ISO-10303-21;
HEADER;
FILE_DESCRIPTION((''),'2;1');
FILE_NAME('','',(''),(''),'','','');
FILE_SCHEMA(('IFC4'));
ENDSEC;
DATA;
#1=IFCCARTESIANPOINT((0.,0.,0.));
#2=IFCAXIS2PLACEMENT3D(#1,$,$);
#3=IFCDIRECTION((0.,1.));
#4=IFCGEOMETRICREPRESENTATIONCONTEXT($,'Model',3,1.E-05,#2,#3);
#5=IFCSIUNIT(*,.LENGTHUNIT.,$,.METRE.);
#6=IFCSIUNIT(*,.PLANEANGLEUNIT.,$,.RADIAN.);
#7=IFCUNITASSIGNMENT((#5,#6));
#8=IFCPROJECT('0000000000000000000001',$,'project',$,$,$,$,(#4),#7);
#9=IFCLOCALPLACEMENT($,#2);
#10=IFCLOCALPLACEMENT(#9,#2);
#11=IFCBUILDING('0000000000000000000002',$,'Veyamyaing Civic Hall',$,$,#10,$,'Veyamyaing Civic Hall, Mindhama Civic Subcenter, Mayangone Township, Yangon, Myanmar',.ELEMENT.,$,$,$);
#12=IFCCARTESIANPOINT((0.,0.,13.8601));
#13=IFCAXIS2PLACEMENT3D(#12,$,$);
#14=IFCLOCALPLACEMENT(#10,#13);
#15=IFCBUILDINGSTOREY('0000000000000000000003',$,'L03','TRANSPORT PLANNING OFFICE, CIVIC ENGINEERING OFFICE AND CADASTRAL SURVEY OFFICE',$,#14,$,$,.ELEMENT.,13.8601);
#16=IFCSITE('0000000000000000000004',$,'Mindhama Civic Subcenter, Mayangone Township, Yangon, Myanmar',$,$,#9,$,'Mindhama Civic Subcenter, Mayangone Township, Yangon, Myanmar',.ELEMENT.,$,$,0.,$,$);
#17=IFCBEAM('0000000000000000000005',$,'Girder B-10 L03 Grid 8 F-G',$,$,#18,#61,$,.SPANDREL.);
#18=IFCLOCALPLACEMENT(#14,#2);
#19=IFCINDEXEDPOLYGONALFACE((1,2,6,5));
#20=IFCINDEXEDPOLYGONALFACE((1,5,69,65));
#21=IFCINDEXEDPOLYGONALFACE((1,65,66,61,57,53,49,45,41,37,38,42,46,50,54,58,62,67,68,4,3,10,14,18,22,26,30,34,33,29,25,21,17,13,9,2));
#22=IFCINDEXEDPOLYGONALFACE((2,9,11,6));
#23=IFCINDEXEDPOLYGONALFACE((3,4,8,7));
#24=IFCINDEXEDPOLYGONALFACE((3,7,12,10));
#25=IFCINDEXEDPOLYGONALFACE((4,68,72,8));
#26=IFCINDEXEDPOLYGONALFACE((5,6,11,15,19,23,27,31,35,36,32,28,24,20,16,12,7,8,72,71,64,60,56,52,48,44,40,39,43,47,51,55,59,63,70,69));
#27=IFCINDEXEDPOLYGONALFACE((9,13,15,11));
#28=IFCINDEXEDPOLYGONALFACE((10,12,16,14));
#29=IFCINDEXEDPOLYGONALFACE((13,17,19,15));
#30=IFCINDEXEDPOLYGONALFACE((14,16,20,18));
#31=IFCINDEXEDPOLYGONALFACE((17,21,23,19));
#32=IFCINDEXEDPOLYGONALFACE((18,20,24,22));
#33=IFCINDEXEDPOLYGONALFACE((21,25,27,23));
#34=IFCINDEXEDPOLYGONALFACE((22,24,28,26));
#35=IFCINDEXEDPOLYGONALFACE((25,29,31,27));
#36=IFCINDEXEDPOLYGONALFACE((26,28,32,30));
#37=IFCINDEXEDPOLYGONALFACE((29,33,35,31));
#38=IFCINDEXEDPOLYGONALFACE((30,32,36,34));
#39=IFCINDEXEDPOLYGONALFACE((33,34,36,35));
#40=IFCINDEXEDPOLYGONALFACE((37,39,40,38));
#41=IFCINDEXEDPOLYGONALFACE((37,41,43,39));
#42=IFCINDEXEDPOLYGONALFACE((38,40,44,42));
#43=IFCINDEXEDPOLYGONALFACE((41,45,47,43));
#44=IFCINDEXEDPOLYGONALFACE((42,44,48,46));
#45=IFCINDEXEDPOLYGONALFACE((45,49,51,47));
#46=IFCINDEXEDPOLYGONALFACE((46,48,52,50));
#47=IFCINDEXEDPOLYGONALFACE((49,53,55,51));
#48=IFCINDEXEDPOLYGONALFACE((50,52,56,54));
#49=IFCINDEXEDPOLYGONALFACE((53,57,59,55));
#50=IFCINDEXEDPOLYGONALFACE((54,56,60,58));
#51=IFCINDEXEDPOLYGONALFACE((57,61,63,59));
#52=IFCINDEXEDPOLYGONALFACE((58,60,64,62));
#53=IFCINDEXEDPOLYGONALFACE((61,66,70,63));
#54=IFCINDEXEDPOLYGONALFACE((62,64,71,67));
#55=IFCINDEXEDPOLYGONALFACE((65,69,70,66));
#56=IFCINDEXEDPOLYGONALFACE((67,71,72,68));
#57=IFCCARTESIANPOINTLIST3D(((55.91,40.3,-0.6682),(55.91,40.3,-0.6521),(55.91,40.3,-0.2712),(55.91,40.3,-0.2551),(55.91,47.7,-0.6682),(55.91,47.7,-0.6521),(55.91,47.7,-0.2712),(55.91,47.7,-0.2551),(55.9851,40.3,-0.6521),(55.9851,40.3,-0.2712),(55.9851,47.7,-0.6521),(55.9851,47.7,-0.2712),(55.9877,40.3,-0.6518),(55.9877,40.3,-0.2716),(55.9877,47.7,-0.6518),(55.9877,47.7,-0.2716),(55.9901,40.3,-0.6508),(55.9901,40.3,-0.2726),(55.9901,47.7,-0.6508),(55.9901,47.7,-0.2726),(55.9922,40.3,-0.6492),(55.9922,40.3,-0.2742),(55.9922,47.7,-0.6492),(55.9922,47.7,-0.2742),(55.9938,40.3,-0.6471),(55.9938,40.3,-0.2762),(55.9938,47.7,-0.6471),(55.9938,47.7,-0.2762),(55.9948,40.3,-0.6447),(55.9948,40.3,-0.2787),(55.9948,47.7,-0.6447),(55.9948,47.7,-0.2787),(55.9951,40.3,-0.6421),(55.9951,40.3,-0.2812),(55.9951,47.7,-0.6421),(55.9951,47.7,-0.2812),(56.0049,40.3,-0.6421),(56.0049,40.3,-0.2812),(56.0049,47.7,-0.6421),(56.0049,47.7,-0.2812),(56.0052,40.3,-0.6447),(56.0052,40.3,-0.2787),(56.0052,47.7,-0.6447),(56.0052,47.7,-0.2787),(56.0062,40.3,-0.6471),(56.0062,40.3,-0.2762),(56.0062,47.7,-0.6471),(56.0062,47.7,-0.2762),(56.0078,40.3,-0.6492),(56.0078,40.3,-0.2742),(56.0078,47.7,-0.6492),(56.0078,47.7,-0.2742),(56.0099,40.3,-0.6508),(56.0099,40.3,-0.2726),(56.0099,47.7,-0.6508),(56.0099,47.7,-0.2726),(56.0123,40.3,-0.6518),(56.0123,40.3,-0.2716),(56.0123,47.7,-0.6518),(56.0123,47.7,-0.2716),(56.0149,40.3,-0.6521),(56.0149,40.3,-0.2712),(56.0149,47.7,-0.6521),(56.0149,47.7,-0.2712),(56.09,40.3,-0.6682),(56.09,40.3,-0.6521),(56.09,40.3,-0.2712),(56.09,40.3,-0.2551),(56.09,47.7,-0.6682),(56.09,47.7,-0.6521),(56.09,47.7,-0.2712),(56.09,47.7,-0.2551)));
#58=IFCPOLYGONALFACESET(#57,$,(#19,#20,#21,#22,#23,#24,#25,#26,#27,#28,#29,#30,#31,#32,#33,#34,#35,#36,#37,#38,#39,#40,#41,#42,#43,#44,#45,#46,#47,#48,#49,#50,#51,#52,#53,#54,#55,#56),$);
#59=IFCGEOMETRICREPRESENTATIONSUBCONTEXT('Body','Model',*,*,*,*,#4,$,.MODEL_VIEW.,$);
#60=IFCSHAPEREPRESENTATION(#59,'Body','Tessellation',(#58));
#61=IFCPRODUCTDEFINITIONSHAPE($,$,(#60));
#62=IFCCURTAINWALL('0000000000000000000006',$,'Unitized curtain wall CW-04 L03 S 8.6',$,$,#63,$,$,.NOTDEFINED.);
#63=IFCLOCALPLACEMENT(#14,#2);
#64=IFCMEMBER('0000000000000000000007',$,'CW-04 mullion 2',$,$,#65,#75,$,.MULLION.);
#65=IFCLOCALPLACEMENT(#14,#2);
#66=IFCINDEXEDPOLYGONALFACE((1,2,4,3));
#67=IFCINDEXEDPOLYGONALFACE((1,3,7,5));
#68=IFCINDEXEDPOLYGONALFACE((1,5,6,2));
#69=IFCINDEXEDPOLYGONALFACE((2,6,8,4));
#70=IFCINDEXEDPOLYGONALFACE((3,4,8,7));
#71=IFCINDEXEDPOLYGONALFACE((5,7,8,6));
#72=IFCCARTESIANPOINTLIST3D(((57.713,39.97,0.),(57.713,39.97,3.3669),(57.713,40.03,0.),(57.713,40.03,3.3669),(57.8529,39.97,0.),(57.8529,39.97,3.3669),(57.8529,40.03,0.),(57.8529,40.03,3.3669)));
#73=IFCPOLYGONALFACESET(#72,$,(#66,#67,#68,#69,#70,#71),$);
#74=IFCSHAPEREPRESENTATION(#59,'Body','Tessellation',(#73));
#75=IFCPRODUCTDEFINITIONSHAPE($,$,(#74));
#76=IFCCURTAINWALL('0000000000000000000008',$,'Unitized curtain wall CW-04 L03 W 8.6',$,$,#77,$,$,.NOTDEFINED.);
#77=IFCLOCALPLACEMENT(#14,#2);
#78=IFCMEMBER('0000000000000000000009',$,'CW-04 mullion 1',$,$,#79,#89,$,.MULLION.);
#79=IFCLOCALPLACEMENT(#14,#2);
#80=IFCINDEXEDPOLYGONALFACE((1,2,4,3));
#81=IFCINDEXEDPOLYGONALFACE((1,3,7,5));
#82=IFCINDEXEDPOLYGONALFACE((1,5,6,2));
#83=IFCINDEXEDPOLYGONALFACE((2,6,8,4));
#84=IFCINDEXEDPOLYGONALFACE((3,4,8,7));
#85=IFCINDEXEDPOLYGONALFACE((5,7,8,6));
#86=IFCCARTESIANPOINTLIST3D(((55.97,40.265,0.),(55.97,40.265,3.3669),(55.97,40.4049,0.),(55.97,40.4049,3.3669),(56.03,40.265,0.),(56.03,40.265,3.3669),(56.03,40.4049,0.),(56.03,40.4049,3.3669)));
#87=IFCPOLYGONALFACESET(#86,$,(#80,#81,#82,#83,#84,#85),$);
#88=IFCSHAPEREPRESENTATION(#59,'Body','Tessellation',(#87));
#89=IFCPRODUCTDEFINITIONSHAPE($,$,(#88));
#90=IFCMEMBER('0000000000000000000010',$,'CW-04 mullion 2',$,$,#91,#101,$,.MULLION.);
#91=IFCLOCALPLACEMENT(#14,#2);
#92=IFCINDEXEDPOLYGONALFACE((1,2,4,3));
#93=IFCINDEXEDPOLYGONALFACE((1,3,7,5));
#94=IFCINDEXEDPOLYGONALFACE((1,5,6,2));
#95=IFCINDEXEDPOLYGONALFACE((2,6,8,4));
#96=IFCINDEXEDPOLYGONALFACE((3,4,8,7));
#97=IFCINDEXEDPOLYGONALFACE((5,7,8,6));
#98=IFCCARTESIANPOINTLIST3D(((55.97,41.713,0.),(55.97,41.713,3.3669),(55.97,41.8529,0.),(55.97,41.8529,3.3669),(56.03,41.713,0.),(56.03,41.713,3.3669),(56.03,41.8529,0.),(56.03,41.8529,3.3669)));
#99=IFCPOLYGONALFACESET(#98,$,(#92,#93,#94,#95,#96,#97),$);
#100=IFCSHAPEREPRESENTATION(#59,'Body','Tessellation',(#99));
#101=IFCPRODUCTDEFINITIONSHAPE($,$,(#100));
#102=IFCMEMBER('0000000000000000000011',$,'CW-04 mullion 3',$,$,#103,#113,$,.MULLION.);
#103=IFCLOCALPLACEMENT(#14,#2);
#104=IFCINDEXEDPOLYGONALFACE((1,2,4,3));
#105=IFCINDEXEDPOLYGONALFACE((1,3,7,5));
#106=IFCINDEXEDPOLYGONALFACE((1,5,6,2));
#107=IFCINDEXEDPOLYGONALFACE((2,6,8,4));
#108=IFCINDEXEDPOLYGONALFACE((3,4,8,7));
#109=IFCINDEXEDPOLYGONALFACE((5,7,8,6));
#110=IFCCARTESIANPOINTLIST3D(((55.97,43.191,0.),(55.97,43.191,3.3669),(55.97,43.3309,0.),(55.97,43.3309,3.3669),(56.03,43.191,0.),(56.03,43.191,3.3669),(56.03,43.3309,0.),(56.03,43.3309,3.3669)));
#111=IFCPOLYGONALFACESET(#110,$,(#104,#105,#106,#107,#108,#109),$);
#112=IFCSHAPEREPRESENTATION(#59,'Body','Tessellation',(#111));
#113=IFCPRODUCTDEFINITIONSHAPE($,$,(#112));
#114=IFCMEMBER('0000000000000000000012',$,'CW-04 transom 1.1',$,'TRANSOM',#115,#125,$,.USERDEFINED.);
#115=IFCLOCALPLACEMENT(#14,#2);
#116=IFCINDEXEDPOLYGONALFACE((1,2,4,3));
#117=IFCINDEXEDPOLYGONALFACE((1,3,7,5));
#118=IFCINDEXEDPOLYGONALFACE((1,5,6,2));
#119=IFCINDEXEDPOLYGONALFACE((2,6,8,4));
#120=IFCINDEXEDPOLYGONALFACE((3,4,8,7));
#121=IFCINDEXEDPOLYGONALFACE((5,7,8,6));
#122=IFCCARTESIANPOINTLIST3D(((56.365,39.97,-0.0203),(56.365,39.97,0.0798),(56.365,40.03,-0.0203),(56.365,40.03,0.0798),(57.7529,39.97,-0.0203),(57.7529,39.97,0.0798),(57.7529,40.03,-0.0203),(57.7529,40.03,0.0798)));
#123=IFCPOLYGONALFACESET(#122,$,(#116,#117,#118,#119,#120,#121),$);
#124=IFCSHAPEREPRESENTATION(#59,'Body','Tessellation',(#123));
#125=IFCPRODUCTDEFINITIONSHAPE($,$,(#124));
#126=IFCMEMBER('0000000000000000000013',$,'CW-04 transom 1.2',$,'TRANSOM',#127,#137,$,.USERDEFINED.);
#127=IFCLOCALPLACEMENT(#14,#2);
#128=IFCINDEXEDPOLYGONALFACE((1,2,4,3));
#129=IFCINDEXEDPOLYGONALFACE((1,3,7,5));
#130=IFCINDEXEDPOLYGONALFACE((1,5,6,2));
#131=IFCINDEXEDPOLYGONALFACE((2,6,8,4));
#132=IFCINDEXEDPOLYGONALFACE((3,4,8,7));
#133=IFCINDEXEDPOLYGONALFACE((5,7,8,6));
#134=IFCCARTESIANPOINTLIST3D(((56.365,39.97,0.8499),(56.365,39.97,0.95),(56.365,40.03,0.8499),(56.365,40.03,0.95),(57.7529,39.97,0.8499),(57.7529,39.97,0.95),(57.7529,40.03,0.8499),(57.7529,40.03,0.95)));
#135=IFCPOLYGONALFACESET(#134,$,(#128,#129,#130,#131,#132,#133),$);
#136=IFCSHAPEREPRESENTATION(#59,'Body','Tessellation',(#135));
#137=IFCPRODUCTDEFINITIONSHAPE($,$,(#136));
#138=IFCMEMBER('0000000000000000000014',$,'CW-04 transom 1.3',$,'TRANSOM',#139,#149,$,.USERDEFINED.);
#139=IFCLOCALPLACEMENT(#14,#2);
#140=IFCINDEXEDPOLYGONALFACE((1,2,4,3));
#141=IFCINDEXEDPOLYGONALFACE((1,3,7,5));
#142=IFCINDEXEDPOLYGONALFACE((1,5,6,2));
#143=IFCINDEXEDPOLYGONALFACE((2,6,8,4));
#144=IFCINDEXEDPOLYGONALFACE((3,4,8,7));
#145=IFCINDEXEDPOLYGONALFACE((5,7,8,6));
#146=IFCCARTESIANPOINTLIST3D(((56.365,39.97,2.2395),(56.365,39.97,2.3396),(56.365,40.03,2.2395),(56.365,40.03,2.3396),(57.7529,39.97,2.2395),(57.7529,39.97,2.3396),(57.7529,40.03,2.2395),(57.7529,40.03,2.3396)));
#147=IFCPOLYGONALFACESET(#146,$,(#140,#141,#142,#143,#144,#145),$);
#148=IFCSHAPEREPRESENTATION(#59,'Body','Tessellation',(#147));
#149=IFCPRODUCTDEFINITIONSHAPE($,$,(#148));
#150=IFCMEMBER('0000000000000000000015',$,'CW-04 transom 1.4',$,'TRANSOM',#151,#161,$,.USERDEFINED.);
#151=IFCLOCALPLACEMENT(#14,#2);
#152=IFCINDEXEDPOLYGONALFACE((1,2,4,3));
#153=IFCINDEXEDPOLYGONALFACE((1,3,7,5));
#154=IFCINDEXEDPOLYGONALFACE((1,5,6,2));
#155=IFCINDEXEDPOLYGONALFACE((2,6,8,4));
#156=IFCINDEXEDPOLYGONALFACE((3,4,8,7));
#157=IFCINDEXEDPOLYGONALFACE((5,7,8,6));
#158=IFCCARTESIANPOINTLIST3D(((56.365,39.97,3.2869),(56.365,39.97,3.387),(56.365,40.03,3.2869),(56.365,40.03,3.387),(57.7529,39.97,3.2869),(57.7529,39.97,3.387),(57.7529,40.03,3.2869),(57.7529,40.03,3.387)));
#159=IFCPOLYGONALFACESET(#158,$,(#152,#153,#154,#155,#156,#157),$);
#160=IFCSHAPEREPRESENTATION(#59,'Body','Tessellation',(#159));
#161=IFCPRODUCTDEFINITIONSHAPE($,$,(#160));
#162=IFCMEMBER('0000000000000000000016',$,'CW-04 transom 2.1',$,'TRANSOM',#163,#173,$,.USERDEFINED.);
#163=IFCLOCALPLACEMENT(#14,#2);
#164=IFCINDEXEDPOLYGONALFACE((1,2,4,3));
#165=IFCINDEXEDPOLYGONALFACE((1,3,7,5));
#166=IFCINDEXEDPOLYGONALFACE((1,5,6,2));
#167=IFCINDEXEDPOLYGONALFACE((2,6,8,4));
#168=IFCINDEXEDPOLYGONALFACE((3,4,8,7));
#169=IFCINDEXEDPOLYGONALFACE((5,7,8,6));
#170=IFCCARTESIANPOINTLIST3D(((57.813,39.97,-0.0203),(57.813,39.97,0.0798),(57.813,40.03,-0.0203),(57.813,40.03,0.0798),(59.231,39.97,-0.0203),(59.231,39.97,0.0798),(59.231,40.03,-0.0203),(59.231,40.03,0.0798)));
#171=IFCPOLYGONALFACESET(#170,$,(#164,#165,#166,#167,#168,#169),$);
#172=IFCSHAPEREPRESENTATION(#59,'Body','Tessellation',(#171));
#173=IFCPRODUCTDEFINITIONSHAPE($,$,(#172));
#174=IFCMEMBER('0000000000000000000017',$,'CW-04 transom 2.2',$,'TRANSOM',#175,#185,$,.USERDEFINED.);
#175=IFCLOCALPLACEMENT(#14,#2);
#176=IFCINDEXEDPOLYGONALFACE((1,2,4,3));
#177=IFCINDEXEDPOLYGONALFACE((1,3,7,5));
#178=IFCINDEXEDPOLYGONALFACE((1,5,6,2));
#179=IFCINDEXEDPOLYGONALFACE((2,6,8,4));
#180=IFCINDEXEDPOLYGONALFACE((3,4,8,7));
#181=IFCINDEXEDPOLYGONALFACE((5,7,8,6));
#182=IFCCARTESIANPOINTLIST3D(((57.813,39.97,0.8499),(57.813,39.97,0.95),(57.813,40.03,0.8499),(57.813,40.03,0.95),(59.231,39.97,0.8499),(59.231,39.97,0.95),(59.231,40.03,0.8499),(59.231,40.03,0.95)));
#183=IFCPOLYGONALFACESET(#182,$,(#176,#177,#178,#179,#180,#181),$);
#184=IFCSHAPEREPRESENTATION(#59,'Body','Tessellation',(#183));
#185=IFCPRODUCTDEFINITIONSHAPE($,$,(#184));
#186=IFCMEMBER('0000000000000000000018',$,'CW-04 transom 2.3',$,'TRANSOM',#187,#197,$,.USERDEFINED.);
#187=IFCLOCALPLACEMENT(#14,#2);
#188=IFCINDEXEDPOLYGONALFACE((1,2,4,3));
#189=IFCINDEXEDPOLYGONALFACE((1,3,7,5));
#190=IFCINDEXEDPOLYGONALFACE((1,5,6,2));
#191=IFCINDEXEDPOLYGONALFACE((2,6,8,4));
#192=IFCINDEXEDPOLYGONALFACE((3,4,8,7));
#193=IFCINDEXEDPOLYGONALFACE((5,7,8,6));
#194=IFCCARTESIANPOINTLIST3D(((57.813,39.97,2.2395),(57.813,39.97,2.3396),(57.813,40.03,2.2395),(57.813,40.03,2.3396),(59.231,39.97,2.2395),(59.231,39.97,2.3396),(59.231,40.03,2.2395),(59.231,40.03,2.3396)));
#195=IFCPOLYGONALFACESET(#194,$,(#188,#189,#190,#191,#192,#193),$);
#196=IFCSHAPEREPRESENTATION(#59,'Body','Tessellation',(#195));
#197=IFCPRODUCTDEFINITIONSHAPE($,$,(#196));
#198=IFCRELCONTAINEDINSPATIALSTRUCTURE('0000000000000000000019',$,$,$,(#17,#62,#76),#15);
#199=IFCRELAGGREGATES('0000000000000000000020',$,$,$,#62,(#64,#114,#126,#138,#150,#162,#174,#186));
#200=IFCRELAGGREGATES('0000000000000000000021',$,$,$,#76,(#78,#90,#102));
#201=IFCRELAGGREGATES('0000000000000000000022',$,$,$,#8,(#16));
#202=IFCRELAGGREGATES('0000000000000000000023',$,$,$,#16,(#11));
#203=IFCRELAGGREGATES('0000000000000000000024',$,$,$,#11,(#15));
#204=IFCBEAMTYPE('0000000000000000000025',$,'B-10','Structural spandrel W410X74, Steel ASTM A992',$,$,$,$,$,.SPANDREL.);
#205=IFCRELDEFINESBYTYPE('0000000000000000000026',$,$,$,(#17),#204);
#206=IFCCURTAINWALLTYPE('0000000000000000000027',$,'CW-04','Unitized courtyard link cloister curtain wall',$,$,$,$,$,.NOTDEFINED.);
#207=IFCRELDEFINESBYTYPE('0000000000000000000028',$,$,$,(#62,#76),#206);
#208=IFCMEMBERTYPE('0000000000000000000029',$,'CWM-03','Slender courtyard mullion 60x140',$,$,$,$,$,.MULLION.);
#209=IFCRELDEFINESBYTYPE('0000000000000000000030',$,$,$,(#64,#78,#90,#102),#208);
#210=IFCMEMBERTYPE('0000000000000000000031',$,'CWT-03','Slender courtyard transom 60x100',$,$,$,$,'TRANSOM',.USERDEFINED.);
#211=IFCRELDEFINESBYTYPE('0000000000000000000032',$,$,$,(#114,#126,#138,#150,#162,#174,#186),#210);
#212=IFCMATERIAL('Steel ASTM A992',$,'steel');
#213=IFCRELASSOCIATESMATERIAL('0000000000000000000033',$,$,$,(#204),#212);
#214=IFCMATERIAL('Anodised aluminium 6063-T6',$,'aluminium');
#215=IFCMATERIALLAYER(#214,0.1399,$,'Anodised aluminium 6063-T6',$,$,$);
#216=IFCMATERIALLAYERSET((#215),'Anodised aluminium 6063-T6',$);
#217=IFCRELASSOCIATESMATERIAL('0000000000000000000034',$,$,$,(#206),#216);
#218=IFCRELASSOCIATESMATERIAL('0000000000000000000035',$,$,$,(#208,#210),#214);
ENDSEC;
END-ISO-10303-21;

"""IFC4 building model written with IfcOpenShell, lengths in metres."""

from ifc_helpers import new_model, si_unit, direction, frame, origin, origin_2d, place, context, subcontext, project, spatial, rectangle, i_section, extrude, material, layer, layer_set, material_profile, profile_set, type_object, element, aggregate, save


model = new_model("IFC4")

# Units and contexts
model_context = context("Model", 3, precision=1e-05, world=origin(), true_north=direction((0.0, 1.0)))
body_context = subcontext(model_context, "Body", "Model", "MODEL_VIEW")
ifc_project = project(units=[si_unit("LENGTHUNIT", "METRE"), si_unit("PLANEANGLEUNIT", "RADIAN")], contexts=[model_context])

# Site, building, storey
site_placement = place(None, origin())
site = spatial("IfcSite", under=ifc_project, at=site_placement, Name="Mindhama Civic Subcenter, Mayangone Township, Yangon, Myanmar", LongName="Mindhama Civic Subcenter, Mayangone Township, Yangon, Myanmar", CompositionType="ELEMENT", RefElevation=0.0)
building_placement = place(site_placement, origin())
building = spatial("IfcBuilding", under=site, at=building_placement, Name="Veyamyaing Civic Hall", LongName="Veyamyaing Civic Hall, Mindhama Civic Subcenter, Mayangone Township, Yangon, Myanmar", CompositionType="ELEMENT")
storey_placement = place(building_placement, frame((0.0, 0.0, 13.8601)))
storey = spatial("IfcBuildingStorey", under=building, at=storey_placement, Name="L03", Description="TRANSPORT PLANNING OFFICE, CIVIC ENGINEERING OFFICE AND CADASTRAL SURVEY OFFICE", CompositionType="ELEMENT", Elevation=13.8601)

# Beam
ifc_material_1 = material(Name="Steel ASTM A992", Category="steel")
ifc_material_profile_1 = material_profile(ifc_material_1, i_section(OverallWidth=0.1799, OverallDepth=0.4131, WebThickness=0.0098, FlangeThickness=0.0161, FilletRadius=0.01, at=origin_2d()), Name="W410X74")
ifc_profile_set_1 = profile_set([ifc_material_profile_1], Name="Steel ASTM A992")
beam_type_1 = type_object("IfcBeamType", Name="B-10", Description="Structural spandrel W410X74, Steel ASTM A992", PredefinedType="SPANDREL", material=ifc_profile_set_1)
beam_1_placement = place(storey_placement, frame((56.0, 40.3, -0.4617), z_axis=(0.0, 1.0, 0.0), x_axis=(-1.0, 0.0, 0.0)))
element("IfcBeam", 1, at=beam_1_placement, inside=storey, type_object=beam_type_1, Name="Girder B-10 L03 Grid 8 F-G", PredefinedType="SPANDREL", context=body_context, shape_type="SweptSolid", body=[
    extrude(i_section(OverallWidth=0.1799, OverallDepth=0.4131, WebThickness=0.0098, FlangeThickness=0.0161, FilletRadius=0.01, at=origin_2d()), origin(), (0.0, 0.0, 1.0), 7.3999),
])

# Curtain wall, member
ifc_material_2 = material(Name="Anodised aluminium 6063-T6", Category="aluminium")
ifc_layer_1 = layer(ifc_material_2, 0.1399, Name="Anodised aluminium 6063-T6")
ifc_layer_set_1 = layer_set([ifc_layer_1], Name="Anodised aluminium 6063-T6")
curtain_wall_type = type_object("IfcCurtainWallType", Name="CW-04", Description="Unitized courtyard link cloister curtain wall", PredefinedType="NOTDEFINED", material=ifc_layer_set_1)
curtain_wall_1_placement = place(storey_placement, origin())
curtain_wall_1 = element("IfcCurtainWall", 2, at=curtain_wall_1_placement, inside=storey, type_object=curtain_wall_type, Name="Unitized curtain wall CW-04 L03 S 8.6", PredefinedType="NOTDEFINED")
ifc_material_profile_2 = material_profile(ifc_material_2, rectangle(XDim=0.0601, YDim=0.1399, at=origin_2d()), Name="ALU-MUL-60X140")
ifc_profile_set_2 = profile_set([ifc_material_profile_2], Name="Anodised aluminium 6063-T6")
member_type_1 = type_object("IfcMemberType", Name="CWM-03", Description="Slender courtyard mullion 60x140", PredefinedType="MULLION", material=ifc_profile_set_2)
member_1_placement = place(storey_placement, frame((57.783, 40.0, 0.0), z_axis=(0.0, 0.0, 1.0), x_axis=(0.0, 1.0, 0.0)))
member_1 = element("IfcMember", 3, at=member_1_placement, type_object=member_type_1, Name="CW-04 mullion 2", PredefinedType="MULLION", context=body_context, shape_type="SweptSolid", body=[
    extrude(rectangle(XDim=0.0601, YDim=0.1399, at=origin_2d()), origin(), (0.0, 0.0, 1.0), 3.3669),
])

# Curtain wall, members
curtain_wall_2_placement = place(storey_placement, origin())
curtain_wall_2 = element("IfcCurtainWall", 4, at=curtain_wall_2_placement, inside=storey, type_object=curtain_wall_type, Name="Unitized curtain wall CW-04 L03 W 8.6", PredefinedType="NOTDEFINED")
member_2_placement = place(storey_placement, frame((56.0, 40.335, 0.0), z_axis=(0.0, 0.0, 1.0), x_axis=(-1.0, 0.0, 0.0)))
member_2 = element("IfcMember", 5, at=member_2_placement, type_object=member_type_1, Name="CW-04 mullion 1", PredefinedType="MULLION", context=body_context, shape_type="SweptSolid", body=[
    extrude(rectangle(XDim=0.0601, YDim=0.1399, at=origin_2d()), origin(), (0.0, 0.0, 1.0), 3.3669),
])
member_3_placement = place(storey_placement, frame((56.0, 41.783, 0.0), z_axis=(0.0, 0.0, 1.0), x_axis=(-1.0, 0.0, 0.0)))
member_3 = element("IfcMember", 6, at=member_3_placement, type_object=member_type_1, Name="CW-04 mullion 2", PredefinedType="MULLION", context=body_context, shape_type="SweptSolid", body=[
    extrude(rectangle(XDim=0.0601, YDim=0.1399, at=origin_2d()), origin(), (0.0, 0.0, 1.0), 3.3669),
])
member_4_placement = place(storey_placement, frame((56.0, 43.261, 0.0), z_axis=(0.0, 0.0, 1.0), x_axis=(-1.0, 0.0, 0.0)))
member_4 = element("IfcMember", 7, at=member_4_placement, type_object=member_type_1, Name="CW-04 mullion 3", PredefinedType="MULLION", context=body_context, shape_type="SweptSolid", body=[
    extrude(rectangle(XDim=0.0601, YDim=0.1399, at=origin_2d()), origin(), (0.0, 0.0, 1.0), 3.3669),
])

# Members
ifc_material_profile_3 = material_profile(ifc_material_2, rectangle(XDim=0.0601, YDim=0.1001, at=origin_2d()), Name="ALU-TRN-60X100")
ifc_profile_set_3 = profile_set([ifc_material_profile_3], Name="Anodised aluminium 6063-T6")
member_type_2 = type_object("IfcMemberType", Name="CWT-03", Description="Slender courtyard transom 60x100", ElementType="TRANSOM", PredefinedType="USERDEFINED", material=ifc_profile_set_3)
member_5_placement = place(storey_placement, frame((56.365, 40.0, 0.0298), z_axis=(1.0, 0.0, 0.0), x_axis=(0.0, 1.0, 0.0)))
member_5 = element("IfcMember", 8, at=member_5_placement, type_object=member_type_2, Name="CW-04 transom 1.1", ObjectType="TRANSOM", PredefinedType="USERDEFINED", context=body_context, shape_type="SweptSolid", body=[
    extrude(rectangle(XDim=0.0601, YDim=0.1001, at=origin_2d()), origin(), (0.0, 0.0, 1.0), 1.3879),
])
member_6_placement = place(storey_placement, frame((56.365, 40.0, 0.8999), z_axis=(1.0, 0.0, 0.0), x_axis=(0.0, 1.0, 0.0)))
member_6 = element("IfcMember", 9, at=member_6_placement, type_object=member_type_2, Name="CW-04 transom 1.2", ObjectType="TRANSOM", PredefinedType="USERDEFINED", context=body_context, shape_type="SweptSolid", body=[
    extrude(rectangle(XDim=0.0601, YDim=0.1001, at=origin_2d()), origin(), (0.0, 0.0, 1.0), 1.3879),
])
member_7_placement = place(storey_placement, frame((56.365, 40.0, 2.2896), z_axis=(1.0, 0.0, 0.0), x_axis=(0.0, 1.0, 0.0)))
member_7 = element("IfcMember", 10, at=member_7_placement, type_object=member_type_2, Name="CW-04 transom 1.3", ObjectType="TRANSOM", PredefinedType="USERDEFINED", context=body_context, shape_type="SweptSolid", body=[
    extrude(rectangle(XDim=0.0601, YDim=0.1001, at=origin_2d()), origin(), (0.0, 0.0, 1.0), 1.3879),
])
member_8_placement = place(storey_placement, frame((56.365, 40.0, 3.3369), z_axis=(1.0, 0.0, 0.0), x_axis=(0.0, 1.0, 0.0)))
member_8 = element("IfcMember", 11, at=member_8_placement, type_object=member_type_2, Name="CW-04 transom 1.4", ObjectType="TRANSOM", PredefinedType="USERDEFINED", context=body_context, shape_type="SweptSolid", body=[
    extrude(rectangle(XDim=0.0601, YDim=0.1001, at=origin_2d()), origin(), (0.0, 0.0, 1.0), 1.3879),
])
member_9_placement = place(storey_placement, frame((57.813, 40.0, 0.0298), z_axis=(1.0, 0.0, 0.0), x_axis=(0.0, 1.0, 0.0)))
member_9 = element("IfcMember", 12, at=member_9_placement, type_object=member_type_2, Name="CW-04 transom 2.1", ObjectType="TRANSOM", PredefinedType="USERDEFINED", context=body_context, shape_type="SweptSolid", body=[
    extrude(rectangle(XDim=0.0601, YDim=0.1001, at=origin_2d()), origin(), (0.0, 0.0, 1.0), 1.418),
])
member_10_placement = place(storey_placement, frame((57.813, 40.0, 0.8999), z_axis=(1.0, 0.0, 0.0), x_axis=(0.0, 1.0, 0.0)))
member_10 = element("IfcMember", 13, at=member_10_placement, type_object=member_type_2, Name="CW-04 transom 2.2", ObjectType="TRANSOM", PredefinedType="USERDEFINED", context=body_context, shape_type="SweptSolid", body=[
    extrude(rectangle(XDim=0.0601, YDim=0.1001, at=origin_2d()), origin(), (0.0, 0.0, 1.0), 1.418),
])
member_11_placement = place(storey_placement, frame((57.813, 40.0, 2.2896), z_axis=(1.0, 0.0, 0.0), x_axis=(0.0, 1.0, 0.0)))
member_11 = element("IfcMember", 14, at=member_11_placement, type_object=member_type_2, Name="CW-04 transom 2.3", ObjectType="TRANSOM", PredefinedType="USERDEFINED", context=body_context, shape_type="SweptSolid", body=[
    extrude(rectangle(XDim=0.0601, YDim=0.1001, at=origin_2d()), origin(), (0.0, 0.0, 1.0), 1.418),
])

aggregate(curtain_wall_1, [member_1, member_5, member_6, member_7, member_8, member_9, member_10, member_11])
aggregate(curtain_wall_2, [member_2, member_3, member_4])

save(model, "model.ifc")
